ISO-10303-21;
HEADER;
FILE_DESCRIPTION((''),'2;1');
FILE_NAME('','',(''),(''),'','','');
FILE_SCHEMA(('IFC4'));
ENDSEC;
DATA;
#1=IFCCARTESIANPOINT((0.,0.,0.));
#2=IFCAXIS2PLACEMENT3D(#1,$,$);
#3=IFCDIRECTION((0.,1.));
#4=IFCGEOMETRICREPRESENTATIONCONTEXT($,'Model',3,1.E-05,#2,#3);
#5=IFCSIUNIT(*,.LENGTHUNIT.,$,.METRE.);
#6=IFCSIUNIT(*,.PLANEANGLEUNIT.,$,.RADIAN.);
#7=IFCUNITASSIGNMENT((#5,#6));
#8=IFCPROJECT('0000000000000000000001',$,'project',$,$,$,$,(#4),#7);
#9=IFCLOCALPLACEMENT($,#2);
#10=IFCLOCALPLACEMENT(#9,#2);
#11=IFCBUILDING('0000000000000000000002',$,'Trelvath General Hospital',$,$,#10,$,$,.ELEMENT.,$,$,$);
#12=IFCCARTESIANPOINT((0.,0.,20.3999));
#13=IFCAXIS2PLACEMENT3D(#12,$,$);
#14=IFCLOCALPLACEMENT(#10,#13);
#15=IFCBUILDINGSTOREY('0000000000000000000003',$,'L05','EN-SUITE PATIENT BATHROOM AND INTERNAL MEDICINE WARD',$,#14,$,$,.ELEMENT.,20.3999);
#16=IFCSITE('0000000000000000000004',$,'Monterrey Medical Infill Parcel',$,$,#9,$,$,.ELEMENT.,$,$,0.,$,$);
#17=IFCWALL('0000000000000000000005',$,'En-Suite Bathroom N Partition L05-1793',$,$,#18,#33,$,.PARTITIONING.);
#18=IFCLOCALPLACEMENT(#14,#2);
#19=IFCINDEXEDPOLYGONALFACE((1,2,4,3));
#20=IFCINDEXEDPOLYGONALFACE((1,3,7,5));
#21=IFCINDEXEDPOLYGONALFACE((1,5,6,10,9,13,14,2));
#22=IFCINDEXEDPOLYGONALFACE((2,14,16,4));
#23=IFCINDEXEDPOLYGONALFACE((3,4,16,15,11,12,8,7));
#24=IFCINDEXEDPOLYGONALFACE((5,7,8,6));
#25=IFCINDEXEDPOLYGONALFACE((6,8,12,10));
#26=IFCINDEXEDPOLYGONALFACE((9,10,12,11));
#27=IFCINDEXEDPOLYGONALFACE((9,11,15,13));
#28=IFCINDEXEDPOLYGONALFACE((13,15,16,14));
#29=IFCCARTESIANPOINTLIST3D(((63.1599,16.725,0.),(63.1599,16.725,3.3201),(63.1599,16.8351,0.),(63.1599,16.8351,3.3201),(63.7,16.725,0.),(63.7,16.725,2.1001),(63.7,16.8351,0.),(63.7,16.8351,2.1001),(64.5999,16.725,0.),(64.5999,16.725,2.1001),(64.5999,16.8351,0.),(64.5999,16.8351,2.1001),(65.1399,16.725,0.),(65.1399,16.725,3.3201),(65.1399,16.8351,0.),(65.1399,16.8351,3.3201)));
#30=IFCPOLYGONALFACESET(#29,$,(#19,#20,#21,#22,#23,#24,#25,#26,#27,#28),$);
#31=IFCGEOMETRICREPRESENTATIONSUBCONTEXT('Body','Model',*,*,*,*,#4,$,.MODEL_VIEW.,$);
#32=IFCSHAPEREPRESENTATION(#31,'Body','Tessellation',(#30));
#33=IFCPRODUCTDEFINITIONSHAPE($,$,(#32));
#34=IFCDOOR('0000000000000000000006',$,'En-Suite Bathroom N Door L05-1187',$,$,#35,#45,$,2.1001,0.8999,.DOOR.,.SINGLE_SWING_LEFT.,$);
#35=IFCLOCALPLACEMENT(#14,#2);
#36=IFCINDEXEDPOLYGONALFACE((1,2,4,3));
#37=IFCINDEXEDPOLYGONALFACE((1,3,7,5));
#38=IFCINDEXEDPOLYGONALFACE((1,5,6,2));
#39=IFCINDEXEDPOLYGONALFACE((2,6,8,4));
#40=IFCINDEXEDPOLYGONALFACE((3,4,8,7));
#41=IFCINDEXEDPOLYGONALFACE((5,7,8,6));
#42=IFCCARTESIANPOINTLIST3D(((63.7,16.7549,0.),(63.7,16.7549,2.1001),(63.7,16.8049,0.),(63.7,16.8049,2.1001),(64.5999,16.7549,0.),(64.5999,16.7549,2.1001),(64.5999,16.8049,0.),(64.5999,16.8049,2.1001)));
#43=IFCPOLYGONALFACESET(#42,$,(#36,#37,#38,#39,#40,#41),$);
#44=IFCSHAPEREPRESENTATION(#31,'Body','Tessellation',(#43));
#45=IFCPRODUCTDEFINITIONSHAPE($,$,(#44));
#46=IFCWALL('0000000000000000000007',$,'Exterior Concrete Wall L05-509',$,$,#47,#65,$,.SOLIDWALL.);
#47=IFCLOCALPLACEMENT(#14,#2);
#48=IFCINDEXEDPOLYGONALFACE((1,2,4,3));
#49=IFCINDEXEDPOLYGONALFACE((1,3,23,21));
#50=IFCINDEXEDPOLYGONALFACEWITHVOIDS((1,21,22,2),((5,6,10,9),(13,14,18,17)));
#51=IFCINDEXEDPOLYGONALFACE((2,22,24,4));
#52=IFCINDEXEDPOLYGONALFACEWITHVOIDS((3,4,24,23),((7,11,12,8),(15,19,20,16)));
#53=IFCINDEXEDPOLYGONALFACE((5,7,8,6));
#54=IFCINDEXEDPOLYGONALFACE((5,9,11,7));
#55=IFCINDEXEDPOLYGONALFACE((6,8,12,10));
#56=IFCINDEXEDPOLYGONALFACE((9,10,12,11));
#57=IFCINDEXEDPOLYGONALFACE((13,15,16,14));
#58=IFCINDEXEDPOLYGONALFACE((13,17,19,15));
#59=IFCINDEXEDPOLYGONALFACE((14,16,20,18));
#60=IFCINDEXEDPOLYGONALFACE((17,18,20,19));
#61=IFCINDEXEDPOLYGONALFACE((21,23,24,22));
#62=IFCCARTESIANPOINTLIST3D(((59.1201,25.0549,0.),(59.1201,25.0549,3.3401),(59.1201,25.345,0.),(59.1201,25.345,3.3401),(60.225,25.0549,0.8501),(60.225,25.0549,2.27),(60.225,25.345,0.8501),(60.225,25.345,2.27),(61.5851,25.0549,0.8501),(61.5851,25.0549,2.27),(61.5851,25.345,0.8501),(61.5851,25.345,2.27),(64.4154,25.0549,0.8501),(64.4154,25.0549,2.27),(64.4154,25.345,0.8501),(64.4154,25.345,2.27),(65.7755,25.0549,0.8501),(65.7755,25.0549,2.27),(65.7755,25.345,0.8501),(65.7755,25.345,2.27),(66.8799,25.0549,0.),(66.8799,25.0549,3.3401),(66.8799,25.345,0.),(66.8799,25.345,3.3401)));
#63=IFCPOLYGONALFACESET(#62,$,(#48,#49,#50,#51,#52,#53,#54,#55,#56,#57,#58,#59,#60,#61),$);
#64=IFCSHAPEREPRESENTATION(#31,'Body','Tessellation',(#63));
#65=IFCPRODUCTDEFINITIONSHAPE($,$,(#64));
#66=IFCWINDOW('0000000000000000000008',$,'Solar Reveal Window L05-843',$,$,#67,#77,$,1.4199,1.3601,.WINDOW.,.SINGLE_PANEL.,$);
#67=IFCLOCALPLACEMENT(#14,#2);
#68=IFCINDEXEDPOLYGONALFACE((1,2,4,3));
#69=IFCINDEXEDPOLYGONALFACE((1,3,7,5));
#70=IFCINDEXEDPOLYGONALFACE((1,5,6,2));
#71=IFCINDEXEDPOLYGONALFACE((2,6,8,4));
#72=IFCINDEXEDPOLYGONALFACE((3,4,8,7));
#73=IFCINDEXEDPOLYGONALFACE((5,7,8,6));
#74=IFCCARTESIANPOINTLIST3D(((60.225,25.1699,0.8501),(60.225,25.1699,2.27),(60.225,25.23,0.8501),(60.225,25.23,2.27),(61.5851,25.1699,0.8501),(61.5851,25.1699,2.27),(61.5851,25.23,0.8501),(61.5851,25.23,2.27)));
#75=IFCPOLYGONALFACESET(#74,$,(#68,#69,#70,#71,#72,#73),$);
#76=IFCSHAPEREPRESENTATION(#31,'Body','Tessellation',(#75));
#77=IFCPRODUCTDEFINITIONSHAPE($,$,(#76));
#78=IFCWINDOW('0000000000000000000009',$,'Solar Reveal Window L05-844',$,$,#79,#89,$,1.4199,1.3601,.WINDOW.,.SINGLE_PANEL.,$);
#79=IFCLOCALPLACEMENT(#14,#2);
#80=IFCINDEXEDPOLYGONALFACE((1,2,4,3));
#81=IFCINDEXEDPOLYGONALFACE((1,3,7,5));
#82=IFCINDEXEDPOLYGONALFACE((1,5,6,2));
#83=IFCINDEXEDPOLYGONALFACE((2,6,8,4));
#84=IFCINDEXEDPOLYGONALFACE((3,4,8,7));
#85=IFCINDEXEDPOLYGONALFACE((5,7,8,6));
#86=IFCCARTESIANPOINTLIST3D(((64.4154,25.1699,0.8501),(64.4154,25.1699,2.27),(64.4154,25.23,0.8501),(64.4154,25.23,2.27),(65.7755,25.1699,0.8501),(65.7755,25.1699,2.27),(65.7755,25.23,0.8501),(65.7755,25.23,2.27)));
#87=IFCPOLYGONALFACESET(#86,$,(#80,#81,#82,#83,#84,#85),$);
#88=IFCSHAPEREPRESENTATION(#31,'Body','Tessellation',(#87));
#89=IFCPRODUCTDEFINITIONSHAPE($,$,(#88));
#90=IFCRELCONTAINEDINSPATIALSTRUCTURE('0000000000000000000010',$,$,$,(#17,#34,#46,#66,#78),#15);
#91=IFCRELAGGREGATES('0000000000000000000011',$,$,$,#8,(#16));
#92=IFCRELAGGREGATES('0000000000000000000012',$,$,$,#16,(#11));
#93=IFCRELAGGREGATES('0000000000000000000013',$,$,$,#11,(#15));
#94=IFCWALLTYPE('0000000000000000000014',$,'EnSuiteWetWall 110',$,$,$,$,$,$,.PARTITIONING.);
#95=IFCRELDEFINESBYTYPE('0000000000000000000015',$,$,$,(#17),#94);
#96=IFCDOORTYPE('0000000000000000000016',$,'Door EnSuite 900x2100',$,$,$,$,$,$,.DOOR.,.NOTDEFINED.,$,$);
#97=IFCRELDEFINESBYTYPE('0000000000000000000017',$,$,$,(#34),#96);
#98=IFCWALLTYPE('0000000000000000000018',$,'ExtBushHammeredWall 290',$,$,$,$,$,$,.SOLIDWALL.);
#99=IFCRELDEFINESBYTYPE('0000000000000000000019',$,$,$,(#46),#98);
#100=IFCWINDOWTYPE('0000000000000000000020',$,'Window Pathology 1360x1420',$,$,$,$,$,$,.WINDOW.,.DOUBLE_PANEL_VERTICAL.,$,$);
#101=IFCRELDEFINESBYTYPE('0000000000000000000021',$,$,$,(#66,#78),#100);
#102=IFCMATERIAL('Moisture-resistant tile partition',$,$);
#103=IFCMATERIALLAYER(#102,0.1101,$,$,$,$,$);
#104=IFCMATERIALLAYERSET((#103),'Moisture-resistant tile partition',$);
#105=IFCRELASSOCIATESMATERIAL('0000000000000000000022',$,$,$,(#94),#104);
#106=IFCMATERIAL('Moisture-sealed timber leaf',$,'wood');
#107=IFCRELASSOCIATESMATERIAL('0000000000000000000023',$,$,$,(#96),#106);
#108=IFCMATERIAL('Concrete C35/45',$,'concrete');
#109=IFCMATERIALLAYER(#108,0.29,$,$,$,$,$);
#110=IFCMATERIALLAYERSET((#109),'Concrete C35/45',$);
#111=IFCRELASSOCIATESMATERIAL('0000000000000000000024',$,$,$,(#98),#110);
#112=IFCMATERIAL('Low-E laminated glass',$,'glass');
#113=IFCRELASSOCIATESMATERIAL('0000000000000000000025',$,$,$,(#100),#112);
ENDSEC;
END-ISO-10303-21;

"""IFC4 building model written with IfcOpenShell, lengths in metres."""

from ifc_helpers import new_model, si_unit, direction, frame, frame_2d, origin, place, context, subcontext, project, spatial, rectangle, extrude, material, layer, layer_set, type_object, element, fill, save


model = new_model("IFC4")

# Units and contexts
model_context = context("Model", 3, precision=1e-05, world=origin(), true_north=direction((0.0, 1.0)))
body_context = subcontext(model_context, "Body", "Model", "MODEL_VIEW")
ifc_project = project(units=[si_unit("LENGTHUNIT", "METRE"), si_unit("PLANEANGLEUNIT", "RADIAN")], contexts=[model_context])

# Site, building, storey
site_placement = place(None, origin())
site = spatial("IfcSite", under=ifc_project, at=site_placement, Name="Monterrey Medical Infill Parcel", CompositionType="ELEMENT", RefElevation=0.0)
building_placement = place(site_placement, origin())
building = spatial("IfcBuilding", under=site, at=building_placement, Name="Trelvath General Hospital", CompositionType="ELEMENT")
storey_placement = place(building_placement, frame((0.0, 0.0, 20.3999)))
storey = spatial("IfcBuildingStorey", under=building, at=storey_placement, Name="L05", Description="EN-SUITE PATIENT BATHROOM AND INTERNAL MEDICINE WARD", CompositionType="ELEMENT", Elevation=20.3999)

# Wall, opening, door
ifc_material_1 = material(Name="Moisture-resistant tile partition")
ifc_layer_1 = layer(ifc_material_1, 0.1101)
ifc_layer_set_1 = layer_set([ifc_layer_1], Name="Moisture-resistant tile partition")
wall_type_1 = type_object("IfcWallType", Name="EnSuiteWetWall 110", PredefinedType="PARTITIONING", material=ifc_layer_set_1)
ifc_material_2 = material(Name="Moisture-sealed timber leaf", Category="wood")
door_type = type_object("IfcDoorType", Name="Door EnSuite 900x2100", OperationType="NOTDEFINED", PredefinedType="DOOR", material=ifc_material_2)
wall_1_placement = place(storey_placement, frame((63.1599, 16.78, 0.0), z_axis=(0.0, 0.0, 1.0), x_axis=(1.0, 0.0, 0.0)))
wall_1 = element("IfcWall", 1, at=wall_1_placement, inside=storey, type_object=wall_type_1, Name="En-Suite Bathroom N Partition L05-1793", PredefinedType="PARTITIONING", context=body_context, shape_type="SweptSolid", body=[
    extrude(rectangle(XDim=1.98, YDim=0.1101, at=frame_2d((0.99, 0.0))), origin(), (0.0, 0.0, 1.0), 3.3201),
])
opening_1_placement = place(wall_1_placement, frame((0.54, 0.0, 0.0)))
opening_1 = element("IfcOpeningElement", 2, at=opening_1_placement, cuts=wall_1, PredefinedType="OPENING", context=body_context, shape_type="SweptSolid", body=[
    extrude(rectangle(XDim=0.8999, YDim=2.1001, at=frame_2d((0.45, 1.05))), frame((0.0, 0.0649, 0.0), z_axis=(0.0, -1.0, 0.0), x_axis=(1.0, 0.0, 0.0)), (0.0, 0.0, 1.0), 0.1301),
])
door_1_placement = place(opening_1_placement, origin())
door_1 = element("IfcDoor", 3, at=door_1_placement, inside=storey, type_object=door_type, Name="En-Suite Bathroom N Door L05-1187", OperationType="SINGLE_SWING_LEFT", OverallHeight=2.1001, OverallWidth=0.8999, PredefinedType="DOOR", context=body_context, shape_type="SweptSolid", body=[
    extrude(rectangle(XDim=0.8999, YDim=2.1001, at=frame_2d((0.45, 1.05))), frame((0.0, 0.0249, 0.0), z_axis=(0.0, -1.0, 0.0), x_axis=(1.0, 0.0, 0.0)), (0.0, 0.0, 1.0), 0.05),
])
fill(opening_1, door_1)

# Wall, openings, windows
ifc_material_3 = material(Name="Concrete C35/45", Category="concrete")
ifc_layer_2 = layer(ifc_material_3, 0.29)
ifc_layer_set_2 = layer_set([ifc_layer_2], Name="Concrete C35/45")
wall_type_2 = type_object("IfcWallType", Name="ExtBushHammeredWall 290", PredefinedType="SOLIDWALL", material=ifc_layer_set_2)
wall_2_placement = place(storey_placement, frame((59.1201, 25.2, 0.0), z_axis=(0.0, 0.0, 1.0), x_axis=(1.0, 0.0, 0.0)))
wall_2 = element("IfcWall", 4, at=wall_2_placement, inside=storey, type_object=wall_type_2, Name="Exterior Concrete Wall L05-509", PredefinedType="SOLIDWALL", context=body_context, shape_type="SweptSolid", body=[
    extrude(rectangle(XDim=7.7598, YDim=0.29, at=frame_2d((3.8799, 0.0))), origin(), (0.0, 0.0, 1.0), 3.3401),
])
opening_2_placement = place(wall_2_placement, frame((1.1047, 0.0, 0.8501)))
opening_2 = element("IfcOpeningElement", 5, at=opening_2_placement, cuts=wall_2, PredefinedType="OPENING", context=body_context, shape_type="SweptSolid", body=[
    extrude(rectangle(XDim=1.3601, YDim=1.4199, at=frame_2d((0.6802, 0.71))), frame((0.0, 0.155, 0.0), z_axis=(0.0, -1.0, 0.0), x_axis=(1.0, 0.0, 0.0)), (0.0, 0.0, 1.0), 0.3101),
])
opening_3_placement = place(wall_2_placement, frame((5.2952, 0.0, 0.8501)))
opening_3 = element("IfcOpeningElement", 6, at=opening_3_placement, cuts=wall_2, PredefinedType="OPENING", context=body_context, shape_type="SweptSolid", body=[
    extrude(rectangle(XDim=1.3601, YDim=1.4199, at=frame_2d((0.6802, 0.71))), frame((0.0, 0.155, 0.0), z_axis=(0.0, -1.0, 0.0), x_axis=(1.0, 0.0, 0.0)), (0.0, 0.0, 1.0), 0.3101),
])
ifc_material_4 = material(Name="Low-E laminated glass", Category="glass")
window_type = type_object("IfcWindowType", Name="Window Pathology 1360x1420", PartitioningType="DOUBLE_PANEL_VERTICAL", PredefinedType="WINDOW", material=ifc_material_4)
window_1_placement = place(opening_2_placement, origin())
window_1 = element("IfcWindow", 7, at=window_1_placement, inside=storey, type_object=window_type, Name="Solar Reveal Window L05-843", OverallHeight=1.4199, OverallWidth=1.3601, PartitioningType="SINGLE_PANEL", PredefinedType="WINDOW", context=body_context, shape_type="SweptSolid", body=[
    extrude(rectangle(XDim=1.3601, YDim=1.4199, at=frame_2d((0.6802, 0.71))), frame((0.0, 0.03, 0.0), z_axis=(0.0, -1.0, 0.0), x_axis=(1.0, 0.0, 0.0)), (0.0, 0.0, 1.0), 0.0601),
])
fill(opening_2, window_1)
window_2_placement = place(opening_3_placement, origin())
window_2 = element("IfcWindow", 8, at=window_2_placement, inside=storey, type_object=window_type, Name="Solar Reveal Window L05-844", OverallHeight=1.4199, OverallWidth=1.3601, PartitioningType="SINGLE_PANEL", PredefinedType="WINDOW", context=body_context, shape_type="SweptSolid", body=[
    extrude(rectangle(XDim=1.3601, YDim=1.4199, at=frame_2d((0.6802, 0.71))), frame((0.0, 0.03, 0.0), z_axis=(0.0, -1.0, 0.0), x_axis=(1.0, 0.0, 0.0)), (0.0, 0.0, 1.0), 0.0601),
])
fill(opening_3, window_2)

save(model, "model.ifc")
